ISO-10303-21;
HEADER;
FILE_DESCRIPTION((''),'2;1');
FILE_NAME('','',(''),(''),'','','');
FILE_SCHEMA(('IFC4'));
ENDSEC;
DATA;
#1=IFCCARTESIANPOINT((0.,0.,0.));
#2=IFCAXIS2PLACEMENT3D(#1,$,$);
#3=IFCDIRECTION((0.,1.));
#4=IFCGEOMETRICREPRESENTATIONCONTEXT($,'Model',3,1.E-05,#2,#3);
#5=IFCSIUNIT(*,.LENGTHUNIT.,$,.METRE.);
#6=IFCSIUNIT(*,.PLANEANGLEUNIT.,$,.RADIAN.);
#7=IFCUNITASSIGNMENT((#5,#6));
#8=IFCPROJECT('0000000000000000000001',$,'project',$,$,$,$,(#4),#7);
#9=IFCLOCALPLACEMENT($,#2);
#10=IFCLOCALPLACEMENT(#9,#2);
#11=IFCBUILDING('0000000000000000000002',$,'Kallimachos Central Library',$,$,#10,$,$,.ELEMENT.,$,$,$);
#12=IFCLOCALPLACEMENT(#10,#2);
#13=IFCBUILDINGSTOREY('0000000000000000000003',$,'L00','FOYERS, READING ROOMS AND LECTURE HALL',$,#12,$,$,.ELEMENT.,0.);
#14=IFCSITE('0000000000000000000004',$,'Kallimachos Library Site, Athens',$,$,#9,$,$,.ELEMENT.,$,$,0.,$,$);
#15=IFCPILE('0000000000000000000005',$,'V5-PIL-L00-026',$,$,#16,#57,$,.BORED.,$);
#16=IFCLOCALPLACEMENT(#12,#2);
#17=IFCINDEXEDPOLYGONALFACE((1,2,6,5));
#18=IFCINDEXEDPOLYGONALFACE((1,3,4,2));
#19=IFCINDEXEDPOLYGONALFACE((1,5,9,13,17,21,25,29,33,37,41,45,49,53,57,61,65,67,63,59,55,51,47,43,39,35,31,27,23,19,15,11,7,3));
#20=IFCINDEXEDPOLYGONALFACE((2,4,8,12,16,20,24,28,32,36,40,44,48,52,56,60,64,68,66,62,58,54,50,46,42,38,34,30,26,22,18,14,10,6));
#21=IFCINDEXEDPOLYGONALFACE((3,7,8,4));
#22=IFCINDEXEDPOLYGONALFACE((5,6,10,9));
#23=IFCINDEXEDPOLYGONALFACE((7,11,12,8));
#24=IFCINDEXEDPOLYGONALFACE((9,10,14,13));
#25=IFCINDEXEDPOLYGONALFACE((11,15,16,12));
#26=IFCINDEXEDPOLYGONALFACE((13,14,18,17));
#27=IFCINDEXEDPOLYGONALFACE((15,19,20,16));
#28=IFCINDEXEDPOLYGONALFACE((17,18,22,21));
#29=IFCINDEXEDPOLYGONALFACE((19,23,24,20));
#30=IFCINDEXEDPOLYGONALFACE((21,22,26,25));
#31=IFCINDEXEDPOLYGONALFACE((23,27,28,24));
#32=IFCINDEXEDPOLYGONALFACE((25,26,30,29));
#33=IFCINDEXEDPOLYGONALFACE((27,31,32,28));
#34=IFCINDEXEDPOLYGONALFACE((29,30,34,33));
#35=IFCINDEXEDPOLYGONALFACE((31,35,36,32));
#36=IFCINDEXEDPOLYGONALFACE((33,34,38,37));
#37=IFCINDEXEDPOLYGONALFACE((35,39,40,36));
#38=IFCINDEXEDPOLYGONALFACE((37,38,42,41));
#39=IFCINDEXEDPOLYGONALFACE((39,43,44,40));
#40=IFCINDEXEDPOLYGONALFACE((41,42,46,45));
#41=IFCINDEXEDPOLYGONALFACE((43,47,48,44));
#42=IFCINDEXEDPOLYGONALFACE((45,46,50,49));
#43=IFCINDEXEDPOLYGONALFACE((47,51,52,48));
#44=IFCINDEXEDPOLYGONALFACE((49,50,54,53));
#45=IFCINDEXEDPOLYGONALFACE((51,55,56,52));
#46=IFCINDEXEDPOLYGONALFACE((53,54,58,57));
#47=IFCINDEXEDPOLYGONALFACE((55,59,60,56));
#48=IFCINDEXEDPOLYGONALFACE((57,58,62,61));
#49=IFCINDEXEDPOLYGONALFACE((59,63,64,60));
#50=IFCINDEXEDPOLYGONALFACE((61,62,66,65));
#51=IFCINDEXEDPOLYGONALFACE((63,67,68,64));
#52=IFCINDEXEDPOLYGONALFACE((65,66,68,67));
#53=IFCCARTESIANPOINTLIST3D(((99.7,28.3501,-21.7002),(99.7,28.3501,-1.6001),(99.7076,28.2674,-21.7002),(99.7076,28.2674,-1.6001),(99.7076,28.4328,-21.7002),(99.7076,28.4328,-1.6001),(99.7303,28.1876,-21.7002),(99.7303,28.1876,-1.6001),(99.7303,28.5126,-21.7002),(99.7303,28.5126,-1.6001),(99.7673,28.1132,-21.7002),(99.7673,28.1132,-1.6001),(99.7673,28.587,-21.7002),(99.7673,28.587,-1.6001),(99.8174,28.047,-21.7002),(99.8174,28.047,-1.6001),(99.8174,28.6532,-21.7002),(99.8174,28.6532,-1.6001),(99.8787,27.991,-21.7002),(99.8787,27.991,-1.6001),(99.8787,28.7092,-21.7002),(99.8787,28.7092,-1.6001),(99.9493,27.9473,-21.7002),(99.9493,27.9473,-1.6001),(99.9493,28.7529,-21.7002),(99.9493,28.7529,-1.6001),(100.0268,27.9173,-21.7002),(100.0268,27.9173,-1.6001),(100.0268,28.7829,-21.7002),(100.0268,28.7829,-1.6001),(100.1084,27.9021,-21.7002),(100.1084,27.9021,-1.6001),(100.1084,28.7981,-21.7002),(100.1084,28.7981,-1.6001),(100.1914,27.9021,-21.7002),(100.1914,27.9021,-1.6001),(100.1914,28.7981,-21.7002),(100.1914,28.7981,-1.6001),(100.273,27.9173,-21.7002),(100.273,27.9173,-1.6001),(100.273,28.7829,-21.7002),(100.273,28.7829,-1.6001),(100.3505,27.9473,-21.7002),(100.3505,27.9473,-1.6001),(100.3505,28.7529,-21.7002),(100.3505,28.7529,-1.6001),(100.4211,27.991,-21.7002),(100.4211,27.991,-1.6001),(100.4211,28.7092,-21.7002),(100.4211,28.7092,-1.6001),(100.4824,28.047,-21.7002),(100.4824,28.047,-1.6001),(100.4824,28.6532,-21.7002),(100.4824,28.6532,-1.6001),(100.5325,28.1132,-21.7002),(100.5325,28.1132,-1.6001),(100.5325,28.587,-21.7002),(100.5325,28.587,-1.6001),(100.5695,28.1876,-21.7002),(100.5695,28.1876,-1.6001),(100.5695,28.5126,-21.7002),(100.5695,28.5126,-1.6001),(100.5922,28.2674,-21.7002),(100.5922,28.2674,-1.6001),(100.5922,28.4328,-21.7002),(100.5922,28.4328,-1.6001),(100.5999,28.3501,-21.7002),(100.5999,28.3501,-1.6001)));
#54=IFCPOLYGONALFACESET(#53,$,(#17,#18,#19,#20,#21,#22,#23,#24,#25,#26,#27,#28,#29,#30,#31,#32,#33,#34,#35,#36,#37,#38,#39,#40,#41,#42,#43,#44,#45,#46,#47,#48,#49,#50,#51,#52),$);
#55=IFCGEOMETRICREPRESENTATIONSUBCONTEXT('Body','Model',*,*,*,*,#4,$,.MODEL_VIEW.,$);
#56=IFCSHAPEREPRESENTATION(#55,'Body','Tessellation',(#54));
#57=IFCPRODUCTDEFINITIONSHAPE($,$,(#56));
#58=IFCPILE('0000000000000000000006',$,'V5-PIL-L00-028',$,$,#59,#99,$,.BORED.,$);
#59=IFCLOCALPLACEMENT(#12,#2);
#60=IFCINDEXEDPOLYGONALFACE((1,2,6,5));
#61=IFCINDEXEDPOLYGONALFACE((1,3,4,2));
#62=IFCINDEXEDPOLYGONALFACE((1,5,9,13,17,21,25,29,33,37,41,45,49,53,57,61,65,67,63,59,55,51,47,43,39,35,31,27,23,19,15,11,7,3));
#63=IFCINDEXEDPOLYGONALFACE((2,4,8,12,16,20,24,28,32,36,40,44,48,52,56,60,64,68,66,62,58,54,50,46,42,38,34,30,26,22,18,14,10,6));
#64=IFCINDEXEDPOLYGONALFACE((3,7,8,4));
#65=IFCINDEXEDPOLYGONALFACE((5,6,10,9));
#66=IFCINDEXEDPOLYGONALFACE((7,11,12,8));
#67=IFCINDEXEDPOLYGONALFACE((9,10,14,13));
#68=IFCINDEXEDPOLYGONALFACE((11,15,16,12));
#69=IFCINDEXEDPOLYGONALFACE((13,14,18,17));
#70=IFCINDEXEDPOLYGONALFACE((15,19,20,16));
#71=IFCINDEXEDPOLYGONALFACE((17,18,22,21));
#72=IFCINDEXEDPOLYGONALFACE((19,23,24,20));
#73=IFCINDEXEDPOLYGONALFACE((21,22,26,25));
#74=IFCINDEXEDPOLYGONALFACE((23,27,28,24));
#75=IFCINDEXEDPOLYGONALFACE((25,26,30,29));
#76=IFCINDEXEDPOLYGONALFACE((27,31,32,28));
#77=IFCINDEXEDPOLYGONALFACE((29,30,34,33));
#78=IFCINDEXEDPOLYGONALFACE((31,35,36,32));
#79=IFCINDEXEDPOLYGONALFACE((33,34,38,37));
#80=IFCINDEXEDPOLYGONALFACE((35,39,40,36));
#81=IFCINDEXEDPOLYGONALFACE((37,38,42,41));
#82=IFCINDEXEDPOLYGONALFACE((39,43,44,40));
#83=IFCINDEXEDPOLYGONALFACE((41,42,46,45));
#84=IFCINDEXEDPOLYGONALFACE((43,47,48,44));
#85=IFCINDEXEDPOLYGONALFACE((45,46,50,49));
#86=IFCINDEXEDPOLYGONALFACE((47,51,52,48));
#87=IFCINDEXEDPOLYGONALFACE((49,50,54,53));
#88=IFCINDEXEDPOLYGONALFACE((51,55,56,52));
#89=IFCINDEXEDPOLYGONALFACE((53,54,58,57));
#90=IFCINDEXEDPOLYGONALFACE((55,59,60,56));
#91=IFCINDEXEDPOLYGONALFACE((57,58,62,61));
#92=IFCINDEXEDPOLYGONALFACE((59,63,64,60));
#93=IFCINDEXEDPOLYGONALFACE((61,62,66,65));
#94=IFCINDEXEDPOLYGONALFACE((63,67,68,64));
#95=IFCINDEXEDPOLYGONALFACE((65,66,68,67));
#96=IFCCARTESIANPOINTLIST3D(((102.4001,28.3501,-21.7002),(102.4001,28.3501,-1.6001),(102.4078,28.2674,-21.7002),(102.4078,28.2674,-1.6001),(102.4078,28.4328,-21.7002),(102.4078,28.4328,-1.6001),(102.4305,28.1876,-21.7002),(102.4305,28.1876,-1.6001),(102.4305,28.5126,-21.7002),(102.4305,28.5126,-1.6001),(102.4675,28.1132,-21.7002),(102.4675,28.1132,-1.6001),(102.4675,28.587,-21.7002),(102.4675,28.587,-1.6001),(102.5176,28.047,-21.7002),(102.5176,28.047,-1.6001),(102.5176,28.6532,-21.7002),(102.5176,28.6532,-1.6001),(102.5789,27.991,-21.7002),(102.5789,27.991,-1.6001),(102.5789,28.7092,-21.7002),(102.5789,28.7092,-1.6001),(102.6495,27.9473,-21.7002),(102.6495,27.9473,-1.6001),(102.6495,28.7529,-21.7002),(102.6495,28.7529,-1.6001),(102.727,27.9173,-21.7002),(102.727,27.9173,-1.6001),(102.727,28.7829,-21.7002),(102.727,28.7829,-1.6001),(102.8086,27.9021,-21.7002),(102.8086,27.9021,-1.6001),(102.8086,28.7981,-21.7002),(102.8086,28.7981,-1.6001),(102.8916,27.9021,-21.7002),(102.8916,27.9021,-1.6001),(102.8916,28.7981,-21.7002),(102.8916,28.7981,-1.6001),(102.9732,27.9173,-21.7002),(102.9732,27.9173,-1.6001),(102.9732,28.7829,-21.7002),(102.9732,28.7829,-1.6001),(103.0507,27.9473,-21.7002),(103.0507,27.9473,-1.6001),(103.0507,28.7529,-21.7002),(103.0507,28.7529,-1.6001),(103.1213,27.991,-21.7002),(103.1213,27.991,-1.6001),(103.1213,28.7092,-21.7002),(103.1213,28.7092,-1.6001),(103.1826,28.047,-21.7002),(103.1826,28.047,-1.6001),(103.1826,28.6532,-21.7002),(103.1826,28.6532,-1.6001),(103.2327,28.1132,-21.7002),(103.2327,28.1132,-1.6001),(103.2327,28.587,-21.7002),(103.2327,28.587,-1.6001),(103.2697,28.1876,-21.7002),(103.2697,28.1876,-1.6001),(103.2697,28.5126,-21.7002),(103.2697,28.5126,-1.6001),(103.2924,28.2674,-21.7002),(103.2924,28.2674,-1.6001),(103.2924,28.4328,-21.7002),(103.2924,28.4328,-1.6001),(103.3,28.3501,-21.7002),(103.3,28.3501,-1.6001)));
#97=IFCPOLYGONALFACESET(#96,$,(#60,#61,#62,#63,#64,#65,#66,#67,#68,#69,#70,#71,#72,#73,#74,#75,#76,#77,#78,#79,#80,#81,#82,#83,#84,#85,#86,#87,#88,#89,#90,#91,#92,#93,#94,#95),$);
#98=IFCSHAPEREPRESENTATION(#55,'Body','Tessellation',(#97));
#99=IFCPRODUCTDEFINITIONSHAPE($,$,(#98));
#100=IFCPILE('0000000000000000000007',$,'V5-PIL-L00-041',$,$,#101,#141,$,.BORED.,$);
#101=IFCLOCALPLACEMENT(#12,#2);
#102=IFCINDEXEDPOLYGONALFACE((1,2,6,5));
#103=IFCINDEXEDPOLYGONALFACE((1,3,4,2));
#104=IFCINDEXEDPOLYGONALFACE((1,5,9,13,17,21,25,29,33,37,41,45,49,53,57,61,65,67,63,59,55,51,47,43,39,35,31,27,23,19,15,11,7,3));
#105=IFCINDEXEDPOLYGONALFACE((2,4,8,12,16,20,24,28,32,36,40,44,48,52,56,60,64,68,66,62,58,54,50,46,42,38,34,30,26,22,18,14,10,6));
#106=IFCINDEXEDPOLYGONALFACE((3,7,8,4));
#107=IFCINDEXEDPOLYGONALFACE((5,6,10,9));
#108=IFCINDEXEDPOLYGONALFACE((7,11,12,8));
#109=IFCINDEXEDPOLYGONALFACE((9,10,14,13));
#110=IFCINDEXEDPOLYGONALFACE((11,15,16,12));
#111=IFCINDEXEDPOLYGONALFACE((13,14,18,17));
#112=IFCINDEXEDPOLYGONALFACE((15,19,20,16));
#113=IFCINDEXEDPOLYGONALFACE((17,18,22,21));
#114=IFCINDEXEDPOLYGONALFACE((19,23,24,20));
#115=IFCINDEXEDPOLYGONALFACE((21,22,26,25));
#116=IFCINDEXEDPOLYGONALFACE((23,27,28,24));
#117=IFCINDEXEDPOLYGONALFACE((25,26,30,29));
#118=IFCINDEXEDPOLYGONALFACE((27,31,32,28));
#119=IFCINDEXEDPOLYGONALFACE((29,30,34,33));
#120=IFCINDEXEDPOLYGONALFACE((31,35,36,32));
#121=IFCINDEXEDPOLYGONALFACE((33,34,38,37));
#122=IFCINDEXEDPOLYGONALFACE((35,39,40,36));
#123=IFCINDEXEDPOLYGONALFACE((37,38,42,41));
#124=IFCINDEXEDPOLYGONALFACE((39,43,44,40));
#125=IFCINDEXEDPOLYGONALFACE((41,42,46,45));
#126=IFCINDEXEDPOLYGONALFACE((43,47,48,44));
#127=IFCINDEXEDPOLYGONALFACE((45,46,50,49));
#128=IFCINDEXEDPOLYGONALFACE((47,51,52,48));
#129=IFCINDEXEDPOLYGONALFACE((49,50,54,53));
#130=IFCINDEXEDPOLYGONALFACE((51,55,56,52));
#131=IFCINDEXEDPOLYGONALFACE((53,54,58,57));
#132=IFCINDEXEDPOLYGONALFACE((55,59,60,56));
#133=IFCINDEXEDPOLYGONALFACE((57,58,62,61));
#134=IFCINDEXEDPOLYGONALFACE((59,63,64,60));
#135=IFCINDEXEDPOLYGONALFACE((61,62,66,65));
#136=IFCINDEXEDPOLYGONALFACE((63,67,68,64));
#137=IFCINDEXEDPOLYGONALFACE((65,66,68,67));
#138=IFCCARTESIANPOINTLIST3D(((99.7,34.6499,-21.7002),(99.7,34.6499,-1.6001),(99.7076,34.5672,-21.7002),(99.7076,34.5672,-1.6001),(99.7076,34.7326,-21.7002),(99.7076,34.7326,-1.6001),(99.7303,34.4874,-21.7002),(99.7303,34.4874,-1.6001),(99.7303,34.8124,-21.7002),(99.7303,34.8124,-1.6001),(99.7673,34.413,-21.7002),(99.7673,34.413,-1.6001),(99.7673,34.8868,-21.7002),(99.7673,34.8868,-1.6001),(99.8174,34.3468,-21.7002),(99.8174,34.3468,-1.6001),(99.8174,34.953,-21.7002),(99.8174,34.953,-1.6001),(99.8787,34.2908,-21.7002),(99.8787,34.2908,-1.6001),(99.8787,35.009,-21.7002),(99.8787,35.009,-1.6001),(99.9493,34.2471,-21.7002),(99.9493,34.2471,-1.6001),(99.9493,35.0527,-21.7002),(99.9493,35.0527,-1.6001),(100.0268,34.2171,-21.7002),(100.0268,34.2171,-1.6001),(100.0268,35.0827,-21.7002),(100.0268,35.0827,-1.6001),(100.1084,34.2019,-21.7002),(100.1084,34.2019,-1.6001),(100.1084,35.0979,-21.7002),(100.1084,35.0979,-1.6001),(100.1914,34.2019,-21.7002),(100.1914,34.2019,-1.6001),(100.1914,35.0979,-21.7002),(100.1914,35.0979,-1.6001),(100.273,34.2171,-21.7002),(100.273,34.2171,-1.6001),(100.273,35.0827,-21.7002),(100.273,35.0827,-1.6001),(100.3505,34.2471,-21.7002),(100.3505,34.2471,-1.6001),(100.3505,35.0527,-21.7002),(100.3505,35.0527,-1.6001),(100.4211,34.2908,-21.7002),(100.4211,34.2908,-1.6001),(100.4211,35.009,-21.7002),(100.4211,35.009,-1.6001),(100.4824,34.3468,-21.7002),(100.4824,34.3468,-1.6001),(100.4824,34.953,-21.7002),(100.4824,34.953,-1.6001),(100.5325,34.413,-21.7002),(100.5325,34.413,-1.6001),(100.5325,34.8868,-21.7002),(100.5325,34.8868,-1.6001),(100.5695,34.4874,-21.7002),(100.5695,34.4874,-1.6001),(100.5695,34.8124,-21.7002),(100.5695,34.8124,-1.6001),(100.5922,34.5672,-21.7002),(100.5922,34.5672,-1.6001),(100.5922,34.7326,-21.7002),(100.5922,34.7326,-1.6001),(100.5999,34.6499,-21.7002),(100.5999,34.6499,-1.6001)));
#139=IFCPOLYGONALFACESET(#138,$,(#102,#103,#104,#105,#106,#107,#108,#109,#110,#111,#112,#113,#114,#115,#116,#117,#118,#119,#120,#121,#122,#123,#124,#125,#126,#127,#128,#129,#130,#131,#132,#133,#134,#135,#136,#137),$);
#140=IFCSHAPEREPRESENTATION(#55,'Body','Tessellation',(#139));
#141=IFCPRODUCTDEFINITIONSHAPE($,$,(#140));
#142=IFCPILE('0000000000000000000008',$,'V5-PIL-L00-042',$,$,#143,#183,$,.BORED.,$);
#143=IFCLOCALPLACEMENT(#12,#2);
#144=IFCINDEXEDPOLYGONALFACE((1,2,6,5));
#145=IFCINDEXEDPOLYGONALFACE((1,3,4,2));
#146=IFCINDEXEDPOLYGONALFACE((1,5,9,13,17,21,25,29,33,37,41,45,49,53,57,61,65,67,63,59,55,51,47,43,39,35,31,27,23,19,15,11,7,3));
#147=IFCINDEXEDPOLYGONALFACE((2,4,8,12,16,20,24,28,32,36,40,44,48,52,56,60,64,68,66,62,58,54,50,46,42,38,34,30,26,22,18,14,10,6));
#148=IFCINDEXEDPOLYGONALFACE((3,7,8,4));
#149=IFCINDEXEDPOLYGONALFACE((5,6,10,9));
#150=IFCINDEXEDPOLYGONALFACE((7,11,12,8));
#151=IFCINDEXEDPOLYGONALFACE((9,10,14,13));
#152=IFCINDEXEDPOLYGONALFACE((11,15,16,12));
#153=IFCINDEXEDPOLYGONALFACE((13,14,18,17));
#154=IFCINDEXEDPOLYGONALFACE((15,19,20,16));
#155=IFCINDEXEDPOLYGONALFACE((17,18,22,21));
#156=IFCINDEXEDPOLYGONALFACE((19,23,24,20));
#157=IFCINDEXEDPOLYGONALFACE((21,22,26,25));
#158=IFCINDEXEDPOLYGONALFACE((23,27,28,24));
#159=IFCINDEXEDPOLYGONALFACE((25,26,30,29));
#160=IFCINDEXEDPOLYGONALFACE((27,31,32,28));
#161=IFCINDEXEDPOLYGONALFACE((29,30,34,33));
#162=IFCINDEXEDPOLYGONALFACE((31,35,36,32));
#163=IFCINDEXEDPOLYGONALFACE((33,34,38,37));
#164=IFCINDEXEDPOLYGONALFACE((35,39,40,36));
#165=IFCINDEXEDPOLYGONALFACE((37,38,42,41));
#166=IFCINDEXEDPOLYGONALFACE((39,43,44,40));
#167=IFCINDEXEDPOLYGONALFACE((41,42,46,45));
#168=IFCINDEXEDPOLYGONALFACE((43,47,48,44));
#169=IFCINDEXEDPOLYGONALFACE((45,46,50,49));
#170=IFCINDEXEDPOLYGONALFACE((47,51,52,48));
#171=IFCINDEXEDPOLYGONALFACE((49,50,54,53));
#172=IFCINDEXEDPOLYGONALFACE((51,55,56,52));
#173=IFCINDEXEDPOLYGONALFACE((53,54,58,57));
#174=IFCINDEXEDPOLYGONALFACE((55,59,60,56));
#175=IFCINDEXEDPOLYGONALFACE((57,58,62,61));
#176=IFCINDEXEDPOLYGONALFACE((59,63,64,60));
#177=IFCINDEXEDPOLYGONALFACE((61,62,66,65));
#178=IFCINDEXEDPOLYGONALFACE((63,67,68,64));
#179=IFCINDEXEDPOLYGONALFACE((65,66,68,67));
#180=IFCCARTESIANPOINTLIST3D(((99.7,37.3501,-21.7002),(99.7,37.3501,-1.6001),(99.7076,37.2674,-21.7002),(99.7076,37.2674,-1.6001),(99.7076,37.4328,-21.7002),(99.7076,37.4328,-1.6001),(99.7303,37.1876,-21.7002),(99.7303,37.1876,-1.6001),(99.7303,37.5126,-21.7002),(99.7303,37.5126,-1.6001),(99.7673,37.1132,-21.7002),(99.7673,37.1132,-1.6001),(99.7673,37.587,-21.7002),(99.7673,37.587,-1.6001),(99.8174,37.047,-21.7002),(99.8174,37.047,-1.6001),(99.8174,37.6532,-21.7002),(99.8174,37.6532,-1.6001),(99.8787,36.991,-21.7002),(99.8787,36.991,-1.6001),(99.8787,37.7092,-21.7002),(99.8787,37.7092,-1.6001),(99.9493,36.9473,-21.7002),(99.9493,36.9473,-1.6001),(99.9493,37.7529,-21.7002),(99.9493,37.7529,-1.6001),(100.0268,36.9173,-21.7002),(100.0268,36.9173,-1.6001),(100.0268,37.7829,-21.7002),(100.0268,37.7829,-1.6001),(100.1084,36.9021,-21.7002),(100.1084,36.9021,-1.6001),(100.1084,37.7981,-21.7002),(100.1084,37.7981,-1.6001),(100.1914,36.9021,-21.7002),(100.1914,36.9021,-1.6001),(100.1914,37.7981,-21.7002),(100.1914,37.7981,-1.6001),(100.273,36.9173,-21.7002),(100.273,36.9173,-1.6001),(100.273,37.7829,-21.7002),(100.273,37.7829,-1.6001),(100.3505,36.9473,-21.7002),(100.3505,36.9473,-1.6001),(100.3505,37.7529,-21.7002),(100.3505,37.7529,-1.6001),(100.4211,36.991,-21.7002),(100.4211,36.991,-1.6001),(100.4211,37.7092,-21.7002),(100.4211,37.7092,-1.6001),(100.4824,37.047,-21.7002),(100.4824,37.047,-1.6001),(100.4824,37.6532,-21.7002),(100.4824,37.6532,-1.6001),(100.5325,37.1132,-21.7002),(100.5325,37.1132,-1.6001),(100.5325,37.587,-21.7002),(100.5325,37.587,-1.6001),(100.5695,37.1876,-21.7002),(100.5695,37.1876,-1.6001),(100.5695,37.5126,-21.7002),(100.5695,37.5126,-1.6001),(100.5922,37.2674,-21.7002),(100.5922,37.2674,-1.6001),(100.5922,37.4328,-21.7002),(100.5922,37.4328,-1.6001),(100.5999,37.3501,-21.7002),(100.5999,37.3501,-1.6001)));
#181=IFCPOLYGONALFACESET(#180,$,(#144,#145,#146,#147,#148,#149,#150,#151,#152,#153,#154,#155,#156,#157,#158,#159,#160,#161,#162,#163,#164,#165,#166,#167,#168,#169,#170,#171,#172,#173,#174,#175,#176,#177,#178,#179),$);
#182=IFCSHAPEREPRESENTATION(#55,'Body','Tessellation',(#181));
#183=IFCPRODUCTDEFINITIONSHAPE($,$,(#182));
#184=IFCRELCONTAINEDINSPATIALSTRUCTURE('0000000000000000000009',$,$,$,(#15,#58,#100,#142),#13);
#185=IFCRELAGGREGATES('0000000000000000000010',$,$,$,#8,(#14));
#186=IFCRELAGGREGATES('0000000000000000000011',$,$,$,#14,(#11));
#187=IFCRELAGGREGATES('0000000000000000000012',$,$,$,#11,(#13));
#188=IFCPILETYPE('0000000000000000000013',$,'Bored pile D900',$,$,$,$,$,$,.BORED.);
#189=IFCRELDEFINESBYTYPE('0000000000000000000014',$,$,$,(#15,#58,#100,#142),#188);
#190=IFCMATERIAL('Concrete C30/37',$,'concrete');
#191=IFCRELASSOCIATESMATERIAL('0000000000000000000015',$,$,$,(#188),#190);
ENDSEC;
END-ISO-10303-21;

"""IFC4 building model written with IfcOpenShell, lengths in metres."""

from ifc_helpers import new_model, si_unit, direction, frame, origin, origin_2d, place, context, subcontext, project, spatial, circle, extrude, material, type_object, element, save


model = new_model("IFC4")

# Units and contexts
model_context = context("Model", 3, precision=1e-05, world=origin(), true_north=direction((0.0, 1.0)))
body_context = subcontext(model_context, "Body", "Model", "MODEL_VIEW")
ifc_project = project(units=[si_unit("LENGTHUNIT", "METRE"), si_unit("PLANEANGLEUNIT", "RADIAN")], contexts=[model_context])

# Site, building, storey
site_placement = place(None, origin())
site = spatial("IfcSite", under=ifc_project, at=site_placement, Name="Kallimachos Library Site, Athens", CompositionType="ELEMENT", RefElevation=0.0)
building_placement = place(site_placement, origin())
building = spatial("IfcBuilding", under=site, at=building_placement, Name="Kallimachos Central Library", CompositionType="ELEMENT")
storey_placement = place(building_placement, origin())
storey = spatial("IfcBuildingStorey", under=building, at=storey_placement, Name="L00", Description="FOYERS, READING ROOMS AND LECTURE HALL", CompositionType="ELEMENT", Elevation=0.0)

# Piles
ifc_material_1 = material(Name="Concrete C30/37", Category="concrete")
pile_type = type_object("IfcPileType", Name="Bored pile D900", PredefinedType="BORED", material=ifc_material_1)
for number, where, z_axis, x_axis, name in (
    (1, (100.1499, 28.3501, -1.6001), (0.0, 0.0, -1.0), (1.0, 0.0, 0.0), "V5-PIL-L00-026"),
    (2, (102.8501, 28.3501, -1.6001), (0.0, 0.0, -1.0), (1.0, 0.0, 0.0), "V5-PIL-L00-028"),
    (3, (100.1499, 34.6499, -1.6001), (0.0, 0.0, -1.0), (1.0, 0.0, 0.0), "V5-PIL-L00-041"),
    (4, (100.1499, 37.3501, -1.6001), (0.0, 0.0, -1.0), (1.0, 0.0, 0.0), "V5-PIL-L00-042"),
):
    element("IfcPile", number, at=place(storey_placement, frame(where, z_axis=z_axis, x_axis=x_axis)), inside=storey, type_object=pile_type, Name=name, PredefinedType="BORED", context=body_context, shape_type="SweptSolid", body=[
        extrude(circle(Radius=0.45, at=origin_2d()), origin(), (0.0, 0.0, 1.0), 20.1001),
    ])

save(model, "model.ifc")
